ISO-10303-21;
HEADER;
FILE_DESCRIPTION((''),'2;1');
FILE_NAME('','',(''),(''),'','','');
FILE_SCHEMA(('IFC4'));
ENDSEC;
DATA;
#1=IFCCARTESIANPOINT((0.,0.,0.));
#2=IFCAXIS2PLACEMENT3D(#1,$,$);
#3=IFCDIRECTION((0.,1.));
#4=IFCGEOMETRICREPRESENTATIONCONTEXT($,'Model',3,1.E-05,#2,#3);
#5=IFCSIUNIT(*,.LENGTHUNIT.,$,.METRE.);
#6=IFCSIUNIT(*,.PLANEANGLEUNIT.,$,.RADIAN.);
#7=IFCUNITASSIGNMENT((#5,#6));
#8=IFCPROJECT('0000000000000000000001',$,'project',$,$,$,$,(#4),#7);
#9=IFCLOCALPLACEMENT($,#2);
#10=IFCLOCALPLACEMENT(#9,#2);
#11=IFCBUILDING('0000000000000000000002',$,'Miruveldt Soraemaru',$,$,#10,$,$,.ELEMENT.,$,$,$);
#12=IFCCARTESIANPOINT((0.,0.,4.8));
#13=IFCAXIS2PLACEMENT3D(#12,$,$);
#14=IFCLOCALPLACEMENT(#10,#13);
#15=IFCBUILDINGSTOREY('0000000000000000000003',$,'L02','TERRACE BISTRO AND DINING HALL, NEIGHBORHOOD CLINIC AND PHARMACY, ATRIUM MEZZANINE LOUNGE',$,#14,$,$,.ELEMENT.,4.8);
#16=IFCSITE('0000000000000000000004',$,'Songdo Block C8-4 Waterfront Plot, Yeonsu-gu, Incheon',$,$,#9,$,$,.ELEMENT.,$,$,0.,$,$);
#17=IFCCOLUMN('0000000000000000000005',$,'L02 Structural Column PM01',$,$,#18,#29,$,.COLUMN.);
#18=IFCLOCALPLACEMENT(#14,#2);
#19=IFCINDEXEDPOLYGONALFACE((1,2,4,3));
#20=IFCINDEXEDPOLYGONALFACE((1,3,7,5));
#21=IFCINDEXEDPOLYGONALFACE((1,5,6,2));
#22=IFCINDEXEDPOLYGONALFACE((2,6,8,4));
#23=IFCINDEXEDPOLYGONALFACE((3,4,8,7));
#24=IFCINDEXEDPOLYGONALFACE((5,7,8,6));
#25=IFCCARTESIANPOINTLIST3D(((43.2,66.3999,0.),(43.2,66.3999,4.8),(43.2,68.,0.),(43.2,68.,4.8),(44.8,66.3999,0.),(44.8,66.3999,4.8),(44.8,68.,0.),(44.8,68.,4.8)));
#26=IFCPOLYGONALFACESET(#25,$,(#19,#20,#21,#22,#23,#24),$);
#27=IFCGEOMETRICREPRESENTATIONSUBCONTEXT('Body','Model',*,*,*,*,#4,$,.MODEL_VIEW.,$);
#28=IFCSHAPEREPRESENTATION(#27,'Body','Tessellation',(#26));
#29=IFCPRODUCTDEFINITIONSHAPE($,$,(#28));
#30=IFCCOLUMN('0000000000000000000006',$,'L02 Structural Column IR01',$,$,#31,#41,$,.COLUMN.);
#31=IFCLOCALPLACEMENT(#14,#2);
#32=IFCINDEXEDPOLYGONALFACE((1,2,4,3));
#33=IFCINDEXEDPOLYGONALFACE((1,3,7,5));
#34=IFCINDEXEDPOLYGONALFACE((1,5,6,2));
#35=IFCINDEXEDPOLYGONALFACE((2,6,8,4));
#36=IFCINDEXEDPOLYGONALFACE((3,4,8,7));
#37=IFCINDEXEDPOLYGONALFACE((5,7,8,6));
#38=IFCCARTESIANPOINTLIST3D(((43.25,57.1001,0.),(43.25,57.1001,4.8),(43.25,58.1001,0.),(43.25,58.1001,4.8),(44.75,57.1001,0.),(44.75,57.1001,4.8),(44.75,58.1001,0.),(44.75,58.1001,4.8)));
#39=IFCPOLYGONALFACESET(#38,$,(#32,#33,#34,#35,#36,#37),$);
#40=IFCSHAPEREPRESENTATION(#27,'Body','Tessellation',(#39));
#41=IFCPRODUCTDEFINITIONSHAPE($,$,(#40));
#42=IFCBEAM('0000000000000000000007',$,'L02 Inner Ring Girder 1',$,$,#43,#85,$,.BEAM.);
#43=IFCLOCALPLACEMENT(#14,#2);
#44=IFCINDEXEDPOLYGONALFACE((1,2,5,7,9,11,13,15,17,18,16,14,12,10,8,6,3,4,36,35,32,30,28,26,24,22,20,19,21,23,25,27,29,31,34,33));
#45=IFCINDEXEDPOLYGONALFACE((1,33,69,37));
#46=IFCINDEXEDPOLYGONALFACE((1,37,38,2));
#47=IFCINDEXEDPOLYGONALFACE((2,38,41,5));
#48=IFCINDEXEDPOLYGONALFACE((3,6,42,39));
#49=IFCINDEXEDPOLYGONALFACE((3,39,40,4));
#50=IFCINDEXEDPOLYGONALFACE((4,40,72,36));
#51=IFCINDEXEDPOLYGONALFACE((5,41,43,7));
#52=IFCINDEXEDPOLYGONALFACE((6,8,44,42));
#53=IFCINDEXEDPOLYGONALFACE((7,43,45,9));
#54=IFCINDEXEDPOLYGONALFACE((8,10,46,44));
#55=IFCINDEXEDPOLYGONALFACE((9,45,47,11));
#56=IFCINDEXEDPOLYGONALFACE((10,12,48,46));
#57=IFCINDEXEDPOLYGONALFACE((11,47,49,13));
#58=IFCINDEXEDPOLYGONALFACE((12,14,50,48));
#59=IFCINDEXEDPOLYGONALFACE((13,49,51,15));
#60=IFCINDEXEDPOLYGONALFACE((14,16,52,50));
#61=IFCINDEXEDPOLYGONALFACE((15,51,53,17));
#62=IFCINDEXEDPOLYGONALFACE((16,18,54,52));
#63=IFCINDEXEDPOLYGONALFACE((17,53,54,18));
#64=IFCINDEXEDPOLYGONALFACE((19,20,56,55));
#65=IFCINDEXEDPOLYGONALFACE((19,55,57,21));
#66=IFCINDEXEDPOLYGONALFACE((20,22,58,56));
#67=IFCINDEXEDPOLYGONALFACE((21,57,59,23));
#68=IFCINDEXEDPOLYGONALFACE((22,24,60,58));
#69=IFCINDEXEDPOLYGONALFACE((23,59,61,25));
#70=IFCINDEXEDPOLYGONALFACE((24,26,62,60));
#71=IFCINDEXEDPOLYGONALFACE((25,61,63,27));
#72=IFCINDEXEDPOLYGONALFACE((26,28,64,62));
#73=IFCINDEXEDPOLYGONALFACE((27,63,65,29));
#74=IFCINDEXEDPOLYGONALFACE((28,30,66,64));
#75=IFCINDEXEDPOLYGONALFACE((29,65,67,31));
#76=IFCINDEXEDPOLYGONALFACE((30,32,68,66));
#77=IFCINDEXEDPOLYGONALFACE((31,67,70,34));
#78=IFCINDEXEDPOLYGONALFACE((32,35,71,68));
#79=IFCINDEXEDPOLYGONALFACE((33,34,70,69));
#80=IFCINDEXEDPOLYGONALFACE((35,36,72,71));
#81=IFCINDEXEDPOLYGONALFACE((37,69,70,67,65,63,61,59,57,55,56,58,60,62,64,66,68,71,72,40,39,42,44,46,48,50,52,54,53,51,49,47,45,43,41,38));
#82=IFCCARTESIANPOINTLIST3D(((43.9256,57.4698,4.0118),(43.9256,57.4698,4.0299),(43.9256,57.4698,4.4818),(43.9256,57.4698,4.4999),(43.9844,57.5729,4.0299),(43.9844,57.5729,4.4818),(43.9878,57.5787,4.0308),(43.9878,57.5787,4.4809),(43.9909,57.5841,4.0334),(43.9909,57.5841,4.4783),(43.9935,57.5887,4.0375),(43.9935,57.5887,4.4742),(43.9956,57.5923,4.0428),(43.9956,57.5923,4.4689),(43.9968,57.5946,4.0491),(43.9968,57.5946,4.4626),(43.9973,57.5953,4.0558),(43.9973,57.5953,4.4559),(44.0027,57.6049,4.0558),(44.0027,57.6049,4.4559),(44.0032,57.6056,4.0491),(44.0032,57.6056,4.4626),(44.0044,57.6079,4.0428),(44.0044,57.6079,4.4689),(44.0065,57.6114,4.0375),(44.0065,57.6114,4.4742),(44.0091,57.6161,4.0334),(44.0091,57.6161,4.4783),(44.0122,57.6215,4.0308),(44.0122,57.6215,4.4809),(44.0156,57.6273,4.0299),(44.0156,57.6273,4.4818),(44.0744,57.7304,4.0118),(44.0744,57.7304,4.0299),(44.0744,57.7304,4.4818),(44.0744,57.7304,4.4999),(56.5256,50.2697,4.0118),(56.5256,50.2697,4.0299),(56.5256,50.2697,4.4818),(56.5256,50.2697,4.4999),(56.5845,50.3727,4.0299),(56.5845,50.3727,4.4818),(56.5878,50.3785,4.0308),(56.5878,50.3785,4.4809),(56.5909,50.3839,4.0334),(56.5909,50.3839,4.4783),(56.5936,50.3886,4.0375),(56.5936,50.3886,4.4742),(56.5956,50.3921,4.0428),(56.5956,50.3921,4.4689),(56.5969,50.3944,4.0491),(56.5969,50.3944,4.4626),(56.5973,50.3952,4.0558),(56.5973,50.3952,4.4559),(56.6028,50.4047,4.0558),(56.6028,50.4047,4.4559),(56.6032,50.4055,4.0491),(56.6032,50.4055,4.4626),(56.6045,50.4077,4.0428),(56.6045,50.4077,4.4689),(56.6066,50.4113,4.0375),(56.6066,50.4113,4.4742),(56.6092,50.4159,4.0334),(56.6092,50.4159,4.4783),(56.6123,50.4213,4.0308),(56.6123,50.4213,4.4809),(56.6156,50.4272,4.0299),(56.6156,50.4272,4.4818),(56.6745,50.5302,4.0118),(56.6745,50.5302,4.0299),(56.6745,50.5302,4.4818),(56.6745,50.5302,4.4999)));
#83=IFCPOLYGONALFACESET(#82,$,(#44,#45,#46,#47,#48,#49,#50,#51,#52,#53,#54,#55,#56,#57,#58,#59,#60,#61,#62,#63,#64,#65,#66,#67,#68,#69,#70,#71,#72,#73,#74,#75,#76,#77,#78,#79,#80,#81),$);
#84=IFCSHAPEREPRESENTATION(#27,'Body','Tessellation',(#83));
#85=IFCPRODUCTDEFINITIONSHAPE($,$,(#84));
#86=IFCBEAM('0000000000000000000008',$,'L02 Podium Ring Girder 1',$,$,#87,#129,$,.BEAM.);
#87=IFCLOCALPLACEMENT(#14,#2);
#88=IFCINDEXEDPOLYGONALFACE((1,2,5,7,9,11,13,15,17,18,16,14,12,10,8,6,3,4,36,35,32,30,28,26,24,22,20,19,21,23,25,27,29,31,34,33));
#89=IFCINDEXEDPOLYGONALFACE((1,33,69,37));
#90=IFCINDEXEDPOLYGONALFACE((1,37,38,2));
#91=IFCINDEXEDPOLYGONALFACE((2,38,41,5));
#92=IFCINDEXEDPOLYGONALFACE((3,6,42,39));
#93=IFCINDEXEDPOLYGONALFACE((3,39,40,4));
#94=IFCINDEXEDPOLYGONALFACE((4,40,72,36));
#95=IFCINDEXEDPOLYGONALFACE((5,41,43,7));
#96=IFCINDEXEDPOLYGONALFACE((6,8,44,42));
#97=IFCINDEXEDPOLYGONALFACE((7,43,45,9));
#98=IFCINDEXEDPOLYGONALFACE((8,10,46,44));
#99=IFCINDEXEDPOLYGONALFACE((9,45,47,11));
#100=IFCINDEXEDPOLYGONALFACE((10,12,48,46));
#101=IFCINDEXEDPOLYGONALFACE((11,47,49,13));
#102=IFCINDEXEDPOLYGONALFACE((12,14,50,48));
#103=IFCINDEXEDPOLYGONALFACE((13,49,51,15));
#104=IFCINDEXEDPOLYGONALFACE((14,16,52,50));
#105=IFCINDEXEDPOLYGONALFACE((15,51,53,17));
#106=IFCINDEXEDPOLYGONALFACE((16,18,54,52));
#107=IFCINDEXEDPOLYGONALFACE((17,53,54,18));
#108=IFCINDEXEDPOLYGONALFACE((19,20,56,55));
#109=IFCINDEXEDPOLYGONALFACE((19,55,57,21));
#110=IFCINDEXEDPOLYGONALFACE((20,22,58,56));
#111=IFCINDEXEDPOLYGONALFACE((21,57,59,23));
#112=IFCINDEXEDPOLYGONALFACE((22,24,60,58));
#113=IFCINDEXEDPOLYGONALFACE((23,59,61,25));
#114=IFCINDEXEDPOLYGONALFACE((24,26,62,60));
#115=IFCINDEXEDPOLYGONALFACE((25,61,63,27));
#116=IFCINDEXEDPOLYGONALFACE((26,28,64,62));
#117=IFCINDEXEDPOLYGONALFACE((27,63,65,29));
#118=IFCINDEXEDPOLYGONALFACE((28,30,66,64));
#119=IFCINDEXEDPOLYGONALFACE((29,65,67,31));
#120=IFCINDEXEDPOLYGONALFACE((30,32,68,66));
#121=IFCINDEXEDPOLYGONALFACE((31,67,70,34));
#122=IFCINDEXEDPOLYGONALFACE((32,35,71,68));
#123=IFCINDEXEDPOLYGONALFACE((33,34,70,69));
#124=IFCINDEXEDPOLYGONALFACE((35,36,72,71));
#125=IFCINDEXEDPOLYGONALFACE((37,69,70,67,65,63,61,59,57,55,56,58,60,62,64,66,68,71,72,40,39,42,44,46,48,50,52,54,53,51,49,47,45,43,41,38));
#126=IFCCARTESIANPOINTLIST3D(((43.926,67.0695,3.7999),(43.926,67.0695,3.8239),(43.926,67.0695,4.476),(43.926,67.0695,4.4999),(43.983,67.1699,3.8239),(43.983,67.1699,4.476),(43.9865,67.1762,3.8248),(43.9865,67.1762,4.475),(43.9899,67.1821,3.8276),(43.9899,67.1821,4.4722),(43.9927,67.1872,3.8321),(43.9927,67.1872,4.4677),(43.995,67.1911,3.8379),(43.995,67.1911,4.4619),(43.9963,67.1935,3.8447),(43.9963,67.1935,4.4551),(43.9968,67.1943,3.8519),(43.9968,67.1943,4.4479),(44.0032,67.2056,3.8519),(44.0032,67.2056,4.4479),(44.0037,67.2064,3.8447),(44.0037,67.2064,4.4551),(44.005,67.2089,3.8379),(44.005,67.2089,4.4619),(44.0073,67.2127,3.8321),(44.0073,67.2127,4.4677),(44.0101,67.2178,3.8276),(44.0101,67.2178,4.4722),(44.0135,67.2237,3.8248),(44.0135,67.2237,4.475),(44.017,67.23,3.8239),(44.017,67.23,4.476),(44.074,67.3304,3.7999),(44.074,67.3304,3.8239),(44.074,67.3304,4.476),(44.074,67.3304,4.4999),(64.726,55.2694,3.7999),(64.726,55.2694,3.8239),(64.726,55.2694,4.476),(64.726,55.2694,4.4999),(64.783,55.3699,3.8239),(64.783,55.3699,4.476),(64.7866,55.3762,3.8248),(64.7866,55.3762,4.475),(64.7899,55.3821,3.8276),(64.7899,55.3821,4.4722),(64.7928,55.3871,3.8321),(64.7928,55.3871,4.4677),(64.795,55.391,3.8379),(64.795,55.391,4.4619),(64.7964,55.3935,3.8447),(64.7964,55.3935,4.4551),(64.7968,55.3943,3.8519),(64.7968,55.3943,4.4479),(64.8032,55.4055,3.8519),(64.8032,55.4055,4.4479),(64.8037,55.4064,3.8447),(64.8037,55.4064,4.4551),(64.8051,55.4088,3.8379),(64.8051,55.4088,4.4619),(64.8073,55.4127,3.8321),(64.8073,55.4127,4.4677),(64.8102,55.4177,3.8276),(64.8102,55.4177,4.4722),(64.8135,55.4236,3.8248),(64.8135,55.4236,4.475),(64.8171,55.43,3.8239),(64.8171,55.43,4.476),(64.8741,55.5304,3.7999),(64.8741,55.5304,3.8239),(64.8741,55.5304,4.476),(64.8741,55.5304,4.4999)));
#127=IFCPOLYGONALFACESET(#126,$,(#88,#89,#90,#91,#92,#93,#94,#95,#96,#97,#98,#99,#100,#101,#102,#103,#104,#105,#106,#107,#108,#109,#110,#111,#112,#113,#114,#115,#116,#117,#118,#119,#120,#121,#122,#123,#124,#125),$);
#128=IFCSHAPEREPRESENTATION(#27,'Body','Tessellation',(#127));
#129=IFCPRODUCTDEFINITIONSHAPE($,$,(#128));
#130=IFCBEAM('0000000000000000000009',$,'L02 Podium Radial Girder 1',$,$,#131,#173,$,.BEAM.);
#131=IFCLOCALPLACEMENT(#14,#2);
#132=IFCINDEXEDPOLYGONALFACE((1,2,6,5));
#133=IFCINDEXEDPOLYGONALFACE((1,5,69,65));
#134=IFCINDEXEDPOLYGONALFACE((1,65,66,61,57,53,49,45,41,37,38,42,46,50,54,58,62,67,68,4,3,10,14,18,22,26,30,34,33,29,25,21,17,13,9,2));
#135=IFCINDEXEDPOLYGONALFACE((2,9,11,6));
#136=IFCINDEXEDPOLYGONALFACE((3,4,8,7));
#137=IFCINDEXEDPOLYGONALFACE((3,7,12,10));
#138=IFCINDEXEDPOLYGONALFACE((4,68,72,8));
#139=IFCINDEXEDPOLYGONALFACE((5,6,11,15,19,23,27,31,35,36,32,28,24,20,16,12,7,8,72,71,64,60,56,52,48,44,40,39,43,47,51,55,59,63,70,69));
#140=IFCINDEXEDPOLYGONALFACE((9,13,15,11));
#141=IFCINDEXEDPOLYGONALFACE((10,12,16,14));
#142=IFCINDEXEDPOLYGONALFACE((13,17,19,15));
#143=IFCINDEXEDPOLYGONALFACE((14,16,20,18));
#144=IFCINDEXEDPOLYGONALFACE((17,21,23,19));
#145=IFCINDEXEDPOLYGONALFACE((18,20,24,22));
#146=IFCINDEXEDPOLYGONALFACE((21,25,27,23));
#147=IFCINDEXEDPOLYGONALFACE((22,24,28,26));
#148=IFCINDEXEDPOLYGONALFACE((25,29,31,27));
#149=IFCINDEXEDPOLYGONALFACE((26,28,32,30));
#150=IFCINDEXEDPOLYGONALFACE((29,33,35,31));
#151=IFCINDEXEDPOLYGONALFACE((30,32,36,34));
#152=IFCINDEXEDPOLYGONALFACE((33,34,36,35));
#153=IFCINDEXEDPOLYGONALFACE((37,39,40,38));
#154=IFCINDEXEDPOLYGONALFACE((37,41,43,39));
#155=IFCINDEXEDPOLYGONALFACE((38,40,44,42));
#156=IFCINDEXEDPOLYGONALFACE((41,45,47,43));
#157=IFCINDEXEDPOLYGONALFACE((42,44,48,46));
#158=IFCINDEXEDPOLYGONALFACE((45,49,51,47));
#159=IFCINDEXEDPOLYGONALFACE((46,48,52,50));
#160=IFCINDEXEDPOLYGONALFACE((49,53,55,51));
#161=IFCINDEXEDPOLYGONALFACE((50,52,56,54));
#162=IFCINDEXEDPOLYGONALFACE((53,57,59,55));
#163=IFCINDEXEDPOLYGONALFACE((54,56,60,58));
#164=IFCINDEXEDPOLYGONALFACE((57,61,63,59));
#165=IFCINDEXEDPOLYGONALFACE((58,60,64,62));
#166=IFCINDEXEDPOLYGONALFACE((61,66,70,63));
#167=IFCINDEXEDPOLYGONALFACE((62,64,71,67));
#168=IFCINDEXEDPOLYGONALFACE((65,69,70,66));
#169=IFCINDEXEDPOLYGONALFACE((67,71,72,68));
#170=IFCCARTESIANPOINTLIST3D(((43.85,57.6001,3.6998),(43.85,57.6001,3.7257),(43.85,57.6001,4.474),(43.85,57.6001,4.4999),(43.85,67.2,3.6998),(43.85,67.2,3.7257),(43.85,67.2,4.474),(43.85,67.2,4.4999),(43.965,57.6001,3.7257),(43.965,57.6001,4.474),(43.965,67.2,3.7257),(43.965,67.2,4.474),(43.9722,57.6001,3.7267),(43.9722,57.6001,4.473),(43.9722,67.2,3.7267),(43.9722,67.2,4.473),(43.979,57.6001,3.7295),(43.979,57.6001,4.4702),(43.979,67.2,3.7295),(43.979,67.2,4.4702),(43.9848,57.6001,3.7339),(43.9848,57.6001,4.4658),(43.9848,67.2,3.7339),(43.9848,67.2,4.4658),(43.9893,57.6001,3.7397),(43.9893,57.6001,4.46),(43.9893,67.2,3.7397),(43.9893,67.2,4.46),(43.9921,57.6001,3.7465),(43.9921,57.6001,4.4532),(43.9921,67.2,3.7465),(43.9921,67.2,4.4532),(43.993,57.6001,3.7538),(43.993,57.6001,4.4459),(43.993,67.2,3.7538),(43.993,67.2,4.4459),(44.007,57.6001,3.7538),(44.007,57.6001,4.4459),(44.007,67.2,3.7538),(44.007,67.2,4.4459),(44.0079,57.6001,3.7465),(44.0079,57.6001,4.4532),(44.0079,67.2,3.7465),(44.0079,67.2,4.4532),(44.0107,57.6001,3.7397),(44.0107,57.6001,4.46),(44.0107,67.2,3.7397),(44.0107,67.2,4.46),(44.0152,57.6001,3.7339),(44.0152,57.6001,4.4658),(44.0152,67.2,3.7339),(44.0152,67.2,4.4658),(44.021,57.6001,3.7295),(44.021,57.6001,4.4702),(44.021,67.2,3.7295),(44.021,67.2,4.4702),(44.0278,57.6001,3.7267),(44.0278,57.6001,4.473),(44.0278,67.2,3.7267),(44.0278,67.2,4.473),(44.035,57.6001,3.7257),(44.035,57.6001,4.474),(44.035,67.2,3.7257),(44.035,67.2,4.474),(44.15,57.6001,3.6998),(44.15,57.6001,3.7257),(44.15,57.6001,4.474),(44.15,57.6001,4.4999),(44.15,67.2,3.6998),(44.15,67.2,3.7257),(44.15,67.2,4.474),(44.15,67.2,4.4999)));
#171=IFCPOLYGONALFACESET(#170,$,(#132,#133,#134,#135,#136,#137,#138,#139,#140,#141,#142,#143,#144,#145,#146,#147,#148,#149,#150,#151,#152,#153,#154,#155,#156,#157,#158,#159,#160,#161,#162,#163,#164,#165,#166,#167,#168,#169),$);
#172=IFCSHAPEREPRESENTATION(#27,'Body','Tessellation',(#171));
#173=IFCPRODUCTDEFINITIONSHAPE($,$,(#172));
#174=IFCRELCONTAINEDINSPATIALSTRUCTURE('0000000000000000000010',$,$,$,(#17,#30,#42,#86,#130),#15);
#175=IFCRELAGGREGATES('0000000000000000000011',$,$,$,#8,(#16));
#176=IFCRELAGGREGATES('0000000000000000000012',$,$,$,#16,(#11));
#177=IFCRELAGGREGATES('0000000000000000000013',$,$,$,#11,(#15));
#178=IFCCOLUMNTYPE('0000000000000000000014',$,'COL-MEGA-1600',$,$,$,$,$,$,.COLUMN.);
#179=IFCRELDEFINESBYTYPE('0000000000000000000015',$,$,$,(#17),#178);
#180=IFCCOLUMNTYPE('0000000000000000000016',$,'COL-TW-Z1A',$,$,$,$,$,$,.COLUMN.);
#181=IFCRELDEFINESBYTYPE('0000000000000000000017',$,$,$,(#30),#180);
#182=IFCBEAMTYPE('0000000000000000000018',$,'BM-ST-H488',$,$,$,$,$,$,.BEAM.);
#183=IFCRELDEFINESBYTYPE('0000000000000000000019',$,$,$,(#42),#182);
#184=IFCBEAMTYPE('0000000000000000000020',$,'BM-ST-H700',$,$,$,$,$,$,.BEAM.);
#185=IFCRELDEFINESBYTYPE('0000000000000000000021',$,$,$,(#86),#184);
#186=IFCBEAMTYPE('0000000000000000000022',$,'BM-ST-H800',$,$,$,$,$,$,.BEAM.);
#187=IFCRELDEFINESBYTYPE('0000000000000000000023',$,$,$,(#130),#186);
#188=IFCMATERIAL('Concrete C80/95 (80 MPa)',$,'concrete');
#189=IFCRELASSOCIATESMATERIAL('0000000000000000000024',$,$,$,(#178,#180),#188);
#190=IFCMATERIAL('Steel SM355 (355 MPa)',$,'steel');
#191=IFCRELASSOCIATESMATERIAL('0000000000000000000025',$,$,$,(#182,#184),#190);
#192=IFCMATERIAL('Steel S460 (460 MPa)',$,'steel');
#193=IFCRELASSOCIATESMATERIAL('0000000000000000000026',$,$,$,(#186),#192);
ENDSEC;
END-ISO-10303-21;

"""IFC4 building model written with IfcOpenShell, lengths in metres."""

from ifc_helpers import new_model, si_unit, direction, frame, origin, origin_2d, place, context, subcontext, project, spatial, rectangle, i_section, extrude, material, material_profile, profile_set, type_object, element, save


model = new_model("IFC4")

# Units and contexts
model_context = context("Model", 3, precision=1e-05, world=origin(), true_north=direction((0.0, 1.0)))
body_context = subcontext(model_context, "Body", "Model", "MODEL_VIEW")
ifc_project = project(units=[si_unit("LENGTHUNIT", "METRE"), si_unit("PLANEANGLEUNIT", "RADIAN")], contexts=[model_context])

# Site, building, storey
site_placement = place(None, origin())
site = spatial("IfcSite", under=ifc_project, at=site_placement, Name="Songdo Block C8-4 Waterfront Plot, Yeonsu-gu, Incheon", CompositionType="ELEMENT", RefElevation=0.0)
building_placement = place(site_placement, origin())
building = spatial("IfcBuilding", under=site, at=building_placement, Name="Miruveldt Soraemaru", CompositionType="ELEMENT")
storey_placement = place(building_placement, frame((0.0, 0.0, 4.8)))
storey = spatial("IfcBuildingStorey", under=building, at=storey_placement, Name="L02", Description="TERRACE BISTRO AND DINING HALL, NEIGHBORHOOD CLINIC AND PHARMACY, ATRIUM MEZZANINE LOUNGE", CompositionType="ELEMENT", Elevation=4.8)

# Columns
ifc_material_1 = material(Name="Concrete C80/95 (80 MPa)", Category="concrete")
ifc_material_profile_1 = material_profile(ifc_material_1, rectangle(XDim=1.6001, YDim=1.6001, at=origin_2d()), Name="Concrete C80/95 (80 MPa)", Category="concrete")
ifc_profile_set_1 = profile_set([ifc_material_profile_1], Name="Concrete C80/95 (80 MPa)")
column_type_1 = type_object("IfcColumnType", Name="COL-MEGA-1600", PredefinedType="COLUMN", material=ifc_profile_set_1)
column_1_placement = place(storey_placement, frame((44.0, 67.2, 0.0), z_axis=(0.0, 0.0, 1.0), x_axis=(1.0, 0.0, 0.0)))
element("IfcColumn", 1, at=column_1_placement, inside=storey, type_object=column_type_1, Name="L02 Structural Column PM01", PredefinedType="COLUMN", context=body_context, shape_type="SweptSolid", body=[
    extrude(rectangle(XDim=1.6001, YDim=1.6001, at=origin_2d()), origin(), (0.0, 0.0, 1.0), 4.8),
])
ifc_material_profile_2 = material_profile(ifc_material_1, rectangle(XDim=1.5, YDim=1.0, at=origin_2d()), Name="Concrete C80/95 (80 MPa)", Category="concrete")
ifc_profile_set_2 = profile_set([ifc_material_profile_2], Name="Concrete C80/95 (80 MPa)")
column_type_2 = type_object("IfcColumnType", Name="COL-TW-Z1A", PredefinedType="COLUMN", material=ifc_profile_set_2)
column_2_placement = place(storey_placement, frame((44.0, 57.6001, 0.0), z_axis=(0.0, 0.0, 1.0), x_axis=(1.0, 0.0, 0.0)))
element("IfcColumn", 2, at=column_2_placement, inside=storey, type_object=column_type_2, Name="L02 Structural Column IR01", PredefinedType="COLUMN", context=body_context, shape_type="SweptSolid", body=[
    extrude(rectangle(XDim=1.5, YDim=1.0, at=origin_2d()), origin(), (0.0, 0.0, 1.0), 4.8),
])

# Beams
ifc_material_2 = material(Name="Steel SM355 (355 MPa)", Category="steel")
ifc_material_profile_3 = material_profile(ifc_material_2, i_section(OverallWidth=0.3, OverallDepth=0.488, WebThickness=0.011, FlangeThickness=0.0181, FilletRadius=0.0259, at=origin_2d()), Name="Steel SM355 (355 MPa)", Category="steel")
ifc_profile_set_3 = profile_set([ifc_material_profile_3], Name="Steel SM355 (355 MPa)")
beam_type_1 = type_object("IfcBeamType", Name="BM-ST-H488", PredefinedType="BEAM", material=ifc_profile_set_3)
beam_1_placement = place(storey_placement, frame((44.0, 57.6001, 4.2559), z_axis=(0.868239, -0.496146, 0.0), x_axis=(0.496146, 0.868239, 0.0)))
element("IfcBeam", 3, at=beam_1_placement, inside=storey, type_object=beam_type_1, Name="L02 Inner Ring Girder 1", PredefinedType="BEAM", context=body_context, shape_type="SweptSolid", body=[
    extrude(i_section(OverallWidth=0.3, OverallDepth=0.488, WebThickness=0.011, FlangeThickness=0.0181, FilletRadius=0.0259, at=origin_2d()), origin(), (0.0, 0.0, 1.0), 14.5122),
])
ifc_material_profile_4 = material_profile(ifc_material_2, i_section(OverallWidth=0.3, OverallDepth=0.7, WebThickness=0.0129, FlangeThickness=0.0239, FilletRadius=0.0281, at=origin_2d()), Name="Steel SM355 (355 MPa)", Category="steel")
ifc_profile_set_4 = profile_set([ifc_material_profile_4], Name="Steel SM355 (355 MPa)")
beam_type_2 = type_object("IfcBeamType", Name="BM-ST-H700", PredefinedType="BEAM", material=ifc_profile_set_4)
beam_2_placement = place(storey_placement, frame((44.0, 67.2, 4.1499), z_axis=(0.869783, -0.493435, 0.0), x_axis=(0.493435, 0.869783, 0.0)))
element("IfcBeam", 4, at=beam_2_placement, inside=storey, type_object=beam_type_2, Name="L02 Podium Ring Girder 1", PredefinedType="BEAM", context=body_context, shape_type="SweptSolid", body=[
    extrude(i_section(OverallWidth=0.3, OverallDepth=0.7, WebThickness=0.0129, FlangeThickness=0.0239, FilletRadius=0.0281, at=origin_2d()), origin(), (0.0, 0.0, 1.0), 23.9141),
])
ifc_material_3 = material(Name="Steel S460 (460 MPa)", Category="steel")
ifc_material_profile_5 = material_profile(ifc_material_3, i_section(OverallWidth=0.3, OverallDepth=0.8, WebThickness=0.0139, FlangeThickness=0.0259, FilletRadius=0.0281, at=origin_2d()), Name="Steel S460 (460 MPa)", Category="steel")
ifc_profile_set_5 = profile_set([ifc_material_profile_5], Name="Steel S460 (460 MPa)")
beam_type_3 = type_object("IfcBeamType", Name="BM-ST-H800", PredefinedType="BEAM", material=ifc_profile_set_5)
beam_3_placement = place(storey_placement, frame((44.0, 57.6001, 4.0999), z_axis=(0.0, 1.0, 0.0), x_axis=(-1.0, 0.0, 0.0)))
element("IfcBeam", 5, at=beam_3_placement, inside=storey, type_object=beam_type_3, Name="L02 Podium Radial Girder 1", PredefinedType="BEAM", context=body_context, shape_type="SweptSolid", body=[
    extrude(i_section(OverallWidth=0.3, OverallDepth=0.8, WebThickness=0.0139, FlangeThickness=0.0259, FilletRadius=0.0281, at=origin_2d()), origin(), (0.0, 0.0, 1.0), 9.5999),
])

save(model, "model.ifc")
